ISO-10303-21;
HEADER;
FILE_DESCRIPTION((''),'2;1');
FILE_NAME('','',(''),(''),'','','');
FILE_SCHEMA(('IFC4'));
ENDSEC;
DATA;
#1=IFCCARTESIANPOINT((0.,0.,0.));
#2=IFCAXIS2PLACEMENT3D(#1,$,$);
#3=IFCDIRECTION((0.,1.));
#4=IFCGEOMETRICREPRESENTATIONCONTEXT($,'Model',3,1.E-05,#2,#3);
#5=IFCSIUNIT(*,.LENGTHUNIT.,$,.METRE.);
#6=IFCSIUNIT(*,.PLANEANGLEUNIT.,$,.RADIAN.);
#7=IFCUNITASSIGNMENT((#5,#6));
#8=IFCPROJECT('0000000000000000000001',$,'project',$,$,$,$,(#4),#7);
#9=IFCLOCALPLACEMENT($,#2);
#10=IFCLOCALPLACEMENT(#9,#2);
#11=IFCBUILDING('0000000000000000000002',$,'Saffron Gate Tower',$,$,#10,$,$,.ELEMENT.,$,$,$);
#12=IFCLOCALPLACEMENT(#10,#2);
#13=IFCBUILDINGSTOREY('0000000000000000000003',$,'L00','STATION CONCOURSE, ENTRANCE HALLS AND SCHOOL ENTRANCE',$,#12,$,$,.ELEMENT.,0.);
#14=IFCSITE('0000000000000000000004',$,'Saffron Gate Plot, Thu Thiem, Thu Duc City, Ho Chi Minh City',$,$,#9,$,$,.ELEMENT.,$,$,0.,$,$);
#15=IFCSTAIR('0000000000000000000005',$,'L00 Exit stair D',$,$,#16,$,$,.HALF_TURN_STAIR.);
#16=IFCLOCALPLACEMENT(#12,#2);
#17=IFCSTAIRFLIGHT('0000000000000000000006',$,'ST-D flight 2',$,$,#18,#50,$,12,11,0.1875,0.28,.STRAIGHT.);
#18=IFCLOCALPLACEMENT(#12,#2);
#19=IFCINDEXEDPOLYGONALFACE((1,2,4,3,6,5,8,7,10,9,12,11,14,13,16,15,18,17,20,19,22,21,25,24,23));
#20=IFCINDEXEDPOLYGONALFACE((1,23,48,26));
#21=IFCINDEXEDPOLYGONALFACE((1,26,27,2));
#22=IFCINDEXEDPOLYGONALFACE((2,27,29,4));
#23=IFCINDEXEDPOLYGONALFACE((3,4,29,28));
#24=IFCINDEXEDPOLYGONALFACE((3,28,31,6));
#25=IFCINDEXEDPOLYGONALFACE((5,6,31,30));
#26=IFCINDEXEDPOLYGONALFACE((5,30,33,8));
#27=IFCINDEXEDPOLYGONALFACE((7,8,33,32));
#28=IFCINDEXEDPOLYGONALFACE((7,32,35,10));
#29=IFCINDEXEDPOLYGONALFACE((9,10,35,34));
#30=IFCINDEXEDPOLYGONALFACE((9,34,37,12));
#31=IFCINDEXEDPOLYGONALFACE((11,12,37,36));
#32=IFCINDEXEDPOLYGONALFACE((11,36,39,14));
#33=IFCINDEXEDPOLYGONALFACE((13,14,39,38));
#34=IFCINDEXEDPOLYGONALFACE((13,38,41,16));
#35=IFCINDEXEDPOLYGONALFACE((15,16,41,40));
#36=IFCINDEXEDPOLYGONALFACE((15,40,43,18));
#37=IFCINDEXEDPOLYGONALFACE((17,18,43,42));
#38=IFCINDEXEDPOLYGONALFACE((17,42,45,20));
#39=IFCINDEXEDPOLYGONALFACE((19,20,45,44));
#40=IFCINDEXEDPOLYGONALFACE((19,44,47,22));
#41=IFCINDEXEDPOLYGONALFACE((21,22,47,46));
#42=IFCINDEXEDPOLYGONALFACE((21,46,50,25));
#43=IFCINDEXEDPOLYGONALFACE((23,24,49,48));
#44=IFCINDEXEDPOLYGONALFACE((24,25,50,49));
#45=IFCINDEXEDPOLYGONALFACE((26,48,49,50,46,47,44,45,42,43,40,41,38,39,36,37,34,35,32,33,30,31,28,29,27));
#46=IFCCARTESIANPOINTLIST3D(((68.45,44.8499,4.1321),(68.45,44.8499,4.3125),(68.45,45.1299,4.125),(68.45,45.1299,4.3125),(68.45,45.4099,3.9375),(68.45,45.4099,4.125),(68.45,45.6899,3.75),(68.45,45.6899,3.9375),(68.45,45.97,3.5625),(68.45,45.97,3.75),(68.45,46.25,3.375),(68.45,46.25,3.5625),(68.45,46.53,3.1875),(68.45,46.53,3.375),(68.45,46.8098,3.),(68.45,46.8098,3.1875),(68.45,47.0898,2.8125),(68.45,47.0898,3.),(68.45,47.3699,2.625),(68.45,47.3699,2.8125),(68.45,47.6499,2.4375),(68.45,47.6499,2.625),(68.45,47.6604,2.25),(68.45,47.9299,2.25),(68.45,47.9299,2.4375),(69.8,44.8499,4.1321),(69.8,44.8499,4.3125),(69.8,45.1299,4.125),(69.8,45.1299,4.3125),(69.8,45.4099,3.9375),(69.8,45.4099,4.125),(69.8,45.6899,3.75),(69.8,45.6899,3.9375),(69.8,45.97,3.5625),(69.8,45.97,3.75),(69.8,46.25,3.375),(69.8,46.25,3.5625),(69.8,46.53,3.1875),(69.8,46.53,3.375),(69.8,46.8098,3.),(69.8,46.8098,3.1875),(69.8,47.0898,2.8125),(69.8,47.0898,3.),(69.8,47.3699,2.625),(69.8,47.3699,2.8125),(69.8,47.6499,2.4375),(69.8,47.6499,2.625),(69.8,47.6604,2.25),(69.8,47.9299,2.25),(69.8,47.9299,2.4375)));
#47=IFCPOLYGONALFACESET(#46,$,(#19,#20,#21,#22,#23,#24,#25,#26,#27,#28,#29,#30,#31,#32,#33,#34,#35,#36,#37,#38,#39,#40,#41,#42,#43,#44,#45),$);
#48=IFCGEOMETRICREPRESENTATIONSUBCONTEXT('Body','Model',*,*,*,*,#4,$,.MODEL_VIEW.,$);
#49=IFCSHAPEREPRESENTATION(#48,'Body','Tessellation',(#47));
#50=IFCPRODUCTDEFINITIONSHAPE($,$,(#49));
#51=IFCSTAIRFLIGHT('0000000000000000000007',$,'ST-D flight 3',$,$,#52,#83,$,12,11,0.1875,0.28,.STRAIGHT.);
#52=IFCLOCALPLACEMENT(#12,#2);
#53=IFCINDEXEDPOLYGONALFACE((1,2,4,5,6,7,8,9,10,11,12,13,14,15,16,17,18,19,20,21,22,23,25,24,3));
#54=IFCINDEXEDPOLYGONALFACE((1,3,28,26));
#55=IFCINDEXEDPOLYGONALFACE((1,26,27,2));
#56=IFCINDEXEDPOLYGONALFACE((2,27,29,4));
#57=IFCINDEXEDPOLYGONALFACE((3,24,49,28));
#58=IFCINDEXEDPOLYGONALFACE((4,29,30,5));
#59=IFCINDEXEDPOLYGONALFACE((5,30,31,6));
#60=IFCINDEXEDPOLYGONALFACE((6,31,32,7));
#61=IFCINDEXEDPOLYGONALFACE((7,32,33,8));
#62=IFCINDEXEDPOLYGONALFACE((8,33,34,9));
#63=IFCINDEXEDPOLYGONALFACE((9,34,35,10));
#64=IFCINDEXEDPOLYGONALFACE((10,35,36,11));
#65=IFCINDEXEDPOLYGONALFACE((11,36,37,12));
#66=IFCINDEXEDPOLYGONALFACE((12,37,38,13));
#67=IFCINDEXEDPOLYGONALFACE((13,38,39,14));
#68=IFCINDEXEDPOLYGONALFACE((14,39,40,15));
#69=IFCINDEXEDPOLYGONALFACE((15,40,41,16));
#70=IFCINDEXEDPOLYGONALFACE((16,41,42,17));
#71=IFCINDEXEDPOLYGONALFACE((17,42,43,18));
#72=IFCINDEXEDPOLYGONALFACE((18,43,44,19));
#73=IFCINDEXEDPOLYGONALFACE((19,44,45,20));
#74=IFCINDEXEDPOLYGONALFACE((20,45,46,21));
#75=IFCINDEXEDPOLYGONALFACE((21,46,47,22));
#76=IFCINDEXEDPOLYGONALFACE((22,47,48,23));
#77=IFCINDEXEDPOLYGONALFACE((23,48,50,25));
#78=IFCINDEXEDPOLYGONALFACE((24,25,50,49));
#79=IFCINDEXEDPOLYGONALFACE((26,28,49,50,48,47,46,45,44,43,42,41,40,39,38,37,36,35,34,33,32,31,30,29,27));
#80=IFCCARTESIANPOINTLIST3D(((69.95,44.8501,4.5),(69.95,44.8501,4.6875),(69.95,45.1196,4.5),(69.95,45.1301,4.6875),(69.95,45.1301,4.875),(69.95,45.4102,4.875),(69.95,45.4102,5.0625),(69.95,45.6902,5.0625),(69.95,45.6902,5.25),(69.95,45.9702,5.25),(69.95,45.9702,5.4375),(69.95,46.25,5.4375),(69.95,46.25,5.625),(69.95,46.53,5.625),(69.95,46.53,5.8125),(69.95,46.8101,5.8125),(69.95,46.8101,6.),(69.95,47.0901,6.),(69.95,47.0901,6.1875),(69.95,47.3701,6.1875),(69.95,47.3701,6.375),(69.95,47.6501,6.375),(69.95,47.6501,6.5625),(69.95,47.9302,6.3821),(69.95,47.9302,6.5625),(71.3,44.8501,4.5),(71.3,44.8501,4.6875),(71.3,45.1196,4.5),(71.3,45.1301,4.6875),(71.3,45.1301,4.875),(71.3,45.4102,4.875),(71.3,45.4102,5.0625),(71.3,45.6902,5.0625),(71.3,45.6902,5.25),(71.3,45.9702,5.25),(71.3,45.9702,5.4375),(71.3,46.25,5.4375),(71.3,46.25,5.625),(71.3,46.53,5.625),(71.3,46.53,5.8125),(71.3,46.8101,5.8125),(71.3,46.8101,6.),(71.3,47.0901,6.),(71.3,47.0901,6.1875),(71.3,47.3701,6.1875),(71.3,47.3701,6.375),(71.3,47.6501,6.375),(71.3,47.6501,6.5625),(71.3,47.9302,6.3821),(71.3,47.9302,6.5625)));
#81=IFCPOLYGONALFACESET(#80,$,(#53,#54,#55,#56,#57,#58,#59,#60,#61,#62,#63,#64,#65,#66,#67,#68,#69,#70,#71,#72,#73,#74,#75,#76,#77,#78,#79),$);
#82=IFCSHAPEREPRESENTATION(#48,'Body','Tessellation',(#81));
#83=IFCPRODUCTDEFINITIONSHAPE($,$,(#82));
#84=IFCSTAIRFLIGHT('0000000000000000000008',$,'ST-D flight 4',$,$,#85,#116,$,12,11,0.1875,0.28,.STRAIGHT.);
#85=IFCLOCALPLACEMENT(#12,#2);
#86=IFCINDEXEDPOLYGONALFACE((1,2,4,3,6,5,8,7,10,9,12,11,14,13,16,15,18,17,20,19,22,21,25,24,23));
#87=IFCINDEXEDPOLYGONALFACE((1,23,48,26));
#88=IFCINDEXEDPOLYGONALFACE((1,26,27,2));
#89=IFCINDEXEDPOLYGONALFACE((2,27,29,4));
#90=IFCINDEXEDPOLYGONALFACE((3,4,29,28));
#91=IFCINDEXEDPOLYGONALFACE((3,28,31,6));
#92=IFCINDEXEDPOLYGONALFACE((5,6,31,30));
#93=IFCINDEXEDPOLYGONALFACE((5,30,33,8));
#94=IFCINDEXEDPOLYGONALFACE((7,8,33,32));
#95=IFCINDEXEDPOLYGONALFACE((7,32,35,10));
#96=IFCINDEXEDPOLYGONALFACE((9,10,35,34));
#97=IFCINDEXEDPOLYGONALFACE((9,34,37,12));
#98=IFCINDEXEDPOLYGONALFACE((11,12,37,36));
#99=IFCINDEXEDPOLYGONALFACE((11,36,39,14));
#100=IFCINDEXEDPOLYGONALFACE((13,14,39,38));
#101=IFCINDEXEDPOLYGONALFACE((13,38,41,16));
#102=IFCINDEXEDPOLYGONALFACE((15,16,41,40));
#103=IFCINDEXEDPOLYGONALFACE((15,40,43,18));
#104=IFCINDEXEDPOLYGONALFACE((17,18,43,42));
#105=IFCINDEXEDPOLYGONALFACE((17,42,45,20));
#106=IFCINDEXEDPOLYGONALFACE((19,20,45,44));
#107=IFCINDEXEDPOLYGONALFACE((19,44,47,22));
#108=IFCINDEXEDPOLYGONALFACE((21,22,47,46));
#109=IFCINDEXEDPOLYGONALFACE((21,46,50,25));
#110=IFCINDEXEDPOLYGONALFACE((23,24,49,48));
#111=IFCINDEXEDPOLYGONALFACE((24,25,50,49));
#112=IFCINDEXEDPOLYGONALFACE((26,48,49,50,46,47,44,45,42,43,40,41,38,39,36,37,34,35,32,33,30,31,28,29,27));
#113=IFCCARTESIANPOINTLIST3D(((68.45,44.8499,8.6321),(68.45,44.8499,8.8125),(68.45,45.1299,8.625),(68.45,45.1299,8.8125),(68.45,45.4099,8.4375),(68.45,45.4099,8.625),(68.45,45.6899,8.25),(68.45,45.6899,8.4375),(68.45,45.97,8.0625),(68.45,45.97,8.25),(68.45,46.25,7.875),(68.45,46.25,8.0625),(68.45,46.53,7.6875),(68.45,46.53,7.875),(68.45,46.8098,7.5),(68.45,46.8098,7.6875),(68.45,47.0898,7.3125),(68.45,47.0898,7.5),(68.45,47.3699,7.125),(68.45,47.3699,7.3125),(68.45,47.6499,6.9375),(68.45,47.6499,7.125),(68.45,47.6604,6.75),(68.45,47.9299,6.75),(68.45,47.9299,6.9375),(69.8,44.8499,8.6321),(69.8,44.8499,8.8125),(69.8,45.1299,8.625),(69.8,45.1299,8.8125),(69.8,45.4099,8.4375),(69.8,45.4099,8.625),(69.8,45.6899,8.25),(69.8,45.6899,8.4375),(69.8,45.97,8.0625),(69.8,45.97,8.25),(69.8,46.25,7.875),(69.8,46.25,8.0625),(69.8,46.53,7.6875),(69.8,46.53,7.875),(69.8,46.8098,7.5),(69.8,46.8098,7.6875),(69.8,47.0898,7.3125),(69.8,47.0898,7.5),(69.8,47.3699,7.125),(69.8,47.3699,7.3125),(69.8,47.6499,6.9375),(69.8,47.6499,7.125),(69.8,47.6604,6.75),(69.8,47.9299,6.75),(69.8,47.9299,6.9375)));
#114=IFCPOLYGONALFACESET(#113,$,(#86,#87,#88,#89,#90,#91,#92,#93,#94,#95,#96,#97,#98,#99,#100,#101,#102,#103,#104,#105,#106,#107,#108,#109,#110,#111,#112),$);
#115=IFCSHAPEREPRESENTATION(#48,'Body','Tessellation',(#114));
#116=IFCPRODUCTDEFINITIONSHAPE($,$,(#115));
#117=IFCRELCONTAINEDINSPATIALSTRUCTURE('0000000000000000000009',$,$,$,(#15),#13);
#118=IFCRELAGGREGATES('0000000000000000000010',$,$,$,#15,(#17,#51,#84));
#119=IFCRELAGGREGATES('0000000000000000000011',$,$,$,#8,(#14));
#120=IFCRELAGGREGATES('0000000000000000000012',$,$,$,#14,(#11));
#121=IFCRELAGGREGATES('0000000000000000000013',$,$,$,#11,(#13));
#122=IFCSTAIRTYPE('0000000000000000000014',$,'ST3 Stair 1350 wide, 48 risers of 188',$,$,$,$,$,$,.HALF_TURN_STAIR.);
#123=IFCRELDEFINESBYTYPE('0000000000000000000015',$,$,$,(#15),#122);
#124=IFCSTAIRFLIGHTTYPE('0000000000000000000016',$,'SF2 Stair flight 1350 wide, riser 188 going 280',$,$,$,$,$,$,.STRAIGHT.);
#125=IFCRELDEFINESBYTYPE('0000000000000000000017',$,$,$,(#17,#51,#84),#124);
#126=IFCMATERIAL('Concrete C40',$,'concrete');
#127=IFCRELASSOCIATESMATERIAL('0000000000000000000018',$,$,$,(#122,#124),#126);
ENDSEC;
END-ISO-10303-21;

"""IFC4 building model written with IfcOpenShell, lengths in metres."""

from ifc_helpers import new_model, si_unit, direction, frame, origin, place, context, subcontext, project, spatial, polyline, outline, extrude, material, type_object, element, aggregate, save


model = new_model("IFC4")

# Units and contexts
model_context = context("Model", 3, precision=1e-05, world=origin(), true_north=direction((0.0, 1.0)))
body_context = subcontext(model_context, "Body", "Model", "MODEL_VIEW")
ifc_project = project(units=[si_unit("LENGTHUNIT", "METRE"), si_unit("PLANEANGLEUNIT", "RADIAN")], contexts=[model_context])

# Site, building, storey
site_placement = place(None, origin())
site = spatial("IfcSite", under=ifc_project, at=site_placement, Name="Saffron Gate Plot, Thu Thiem, Thu Duc City, Ho Chi Minh City", CompositionType="ELEMENT", RefElevation=0.0)
building_placement = place(site_placement, origin())
building = spatial("IfcBuilding", under=site, at=building_placement, Name="Saffron Gate Tower", CompositionType="ELEMENT")
storey_placement = place(building_placement, origin())
storey = spatial("IfcBuildingStorey", under=building, at=storey_placement, Name="L00", Description="STATION CONCOURSE, ENTRANCE HALLS AND SCHOOL ENTRANCE", CompositionType="ELEMENT", Elevation=0.0)

# Stair, stair flights
ifc_material_1 = material(Name="Concrete C40", Category="concrete")
stair_type = type_object("IfcStairType", Name="ST3 Stair 1350 wide, 48 risers of 188", PredefinedType="HALF_TURN_STAIR", material=ifc_material_1)
stair_placement = place(storey_placement, origin())
stair = element("IfcStair", 1, at=stair_placement, inside=storey, type_object=stair_type, Name="L00 Exit stair D", PredefinedType="HALF_TURN_STAIR")
stair_flight_type = type_object("IfcStairFlightType", Name="SF2 Stair flight 1350 wide, riser 188 going 280", PredefinedType="STRAIGHT", material=ifc_material_1)
stair_flight_1_placement = place(storey_placement, frame((69.125, 47.9299, 2.25), z_axis=(0.0, 0.0, 1.0), x_axis=(0.0, -1.0, 0.0)))
stair_flight_1 = element("IfcStairFlight", 2, at=stair_flight_1_placement, type_object=stair_flight_type, Name="ST-D flight 2", NumberOfRisers=12, NumberOfTreads=11, PredefinedType="STRAIGHT", RiserHeight=0.1875, TreadLength=0.28, context=body_context, shape_type="SweptSolid", body=[
    extrude(outline(polyline([(0.0, 0.0), (0.0, 0.1875), (0.28, 0.1875), (0.28, 0.375), (0.5601, 0.375), (0.5601, 0.5625), (0.8401, 0.5625), (0.8401, 0.75), (1.1201, 0.75), (1.1201, 0.9375), (1.3999, 0.9375), (1.3999, 1.125), (1.6799, 1.125), (1.6799, 1.3125), (1.96, 1.3125), (1.96, 1.5), (2.24, 1.5), (2.24, 1.6875), (2.52, 1.6875), (2.52, 1.875), (2.8, 1.875), (2.8, 2.0625), (3.0801, 2.0625), (3.0801, 2.25), (3.0801, 1.8821), (0.2695, 0.0), (0.0, 0.0)])), frame((0.0, 0.675, 0.0), z_axis=(0.0, -1.0, 0.0), x_axis=(1.0, 0.0, 0.0)), (0.0, 0.0, 1.0), 1.3501),
])
stair_flight_2_placement = place(storey_placement, frame((70.625, 44.8501, 4.5), z_axis=(0.0, 0.0, 1.0), x_axis=(0.0, 1.0, 0.0)))
stair_flight_2 = element("IfcStairFlight", 3, at=stair_flight_2_placement, type_object=stair_flight_type, Name="ST-D flight 3", NumberOfRisers=12, NumberOfTreads=11, PredefinedType="STRAIGHT", RiserHeight=0.1875, TreadLength=0.28, context=body_context, shape_type="SweptSolid", body=[
    extrude(outline(polyline([(0.0, 0.0), (0.0, 0.1875), (0.28, 0.1875), (0.28, 0.375), (0.5601, 0.375), (0.5601, 0.5625), (0.8401, 0.5625), (0.8401, 0.75), (1.1201, 0.75), (1.1201, 0.9375), (1.3999, 0.9375), (1.3999, 1.125), (1.6799, 1.125), (1.6799, 1.3125), (1.96, 1.3125), (1.96, 1.5), (2.24, 1.5), (2.24, 1.6875), (2.52, 1.6875), (2.52, 1.875), (2.8, 1.875), (2.8, 2.0625), (3.0801, 2.0625), (3.0801, 2.25), (3.0801, 1.8821), (0.2695, 0.0), (0.0, 0.0)])), frame((0.0, 0.675, 0.0), z_axis=(0.0, -1.0, 0.0), x_axis=(1.0, 0.0, 0.0)), (0.0, 0.0, 1.0), 1.3501),
])
stair_flight_3_placement = place(storey_placement, frame((69.125, 47.9299, 6.75), z_axis=(0.0, 0.0, 1.0), x_axis=(0.0, -1.0, 0.0)))
stair_flight_3 = element("IfcStairFlight", 4, at=stair_flight_3_placement, type_object=stair_flight_type, Name="ST-D flight 4", NumberOfRisers=12, NumberOfTreads=11, PredefinedType="STRAIGHT", RiserHeight=0.1875, TreadLength=0.28, context=body_context, shape_type="SweptSolid", body=[
    extrude(outline(polyline([(0.0, 0.0), (0.0, 0.1875), (0.28, 0.1875), (0.28, 0.375), (0.5601, 0.375), (0.5601, 0.5625), (0.8401, 0.5625), (0.8401, 0.75), (1.1201, 0.75), (1.1201, 0.9375), (1.3999, 0.9375), (1.3999, 1.125), (1.6799, 1.125), (1.6799, 1.3125), (1.96, 1.3125), (1.96, 1.5), (2.24, 1.5), (2.24, 1.6875), (2.52, 1.6875), (2.52, 1.875), (2.8, 1.875), (2.8, 2.0625), (3.0801, 2.0625), (3.0801, 2.25), (3.0801, 1.8821), (0.2695, 0.0), (0.0, 0.0)])), frame((0.0, 0.675, 0.0), z_axis=(0.0, -1.0, 0.0), x_axis=(1.0, 0.0, 0.0)), (0.0, 0.0, 1.0), 1.3501),
])
aggregate(stair, [stair_flight_1, stair_flight_2, stair_flight_3])

save(model, "model.ifc")
